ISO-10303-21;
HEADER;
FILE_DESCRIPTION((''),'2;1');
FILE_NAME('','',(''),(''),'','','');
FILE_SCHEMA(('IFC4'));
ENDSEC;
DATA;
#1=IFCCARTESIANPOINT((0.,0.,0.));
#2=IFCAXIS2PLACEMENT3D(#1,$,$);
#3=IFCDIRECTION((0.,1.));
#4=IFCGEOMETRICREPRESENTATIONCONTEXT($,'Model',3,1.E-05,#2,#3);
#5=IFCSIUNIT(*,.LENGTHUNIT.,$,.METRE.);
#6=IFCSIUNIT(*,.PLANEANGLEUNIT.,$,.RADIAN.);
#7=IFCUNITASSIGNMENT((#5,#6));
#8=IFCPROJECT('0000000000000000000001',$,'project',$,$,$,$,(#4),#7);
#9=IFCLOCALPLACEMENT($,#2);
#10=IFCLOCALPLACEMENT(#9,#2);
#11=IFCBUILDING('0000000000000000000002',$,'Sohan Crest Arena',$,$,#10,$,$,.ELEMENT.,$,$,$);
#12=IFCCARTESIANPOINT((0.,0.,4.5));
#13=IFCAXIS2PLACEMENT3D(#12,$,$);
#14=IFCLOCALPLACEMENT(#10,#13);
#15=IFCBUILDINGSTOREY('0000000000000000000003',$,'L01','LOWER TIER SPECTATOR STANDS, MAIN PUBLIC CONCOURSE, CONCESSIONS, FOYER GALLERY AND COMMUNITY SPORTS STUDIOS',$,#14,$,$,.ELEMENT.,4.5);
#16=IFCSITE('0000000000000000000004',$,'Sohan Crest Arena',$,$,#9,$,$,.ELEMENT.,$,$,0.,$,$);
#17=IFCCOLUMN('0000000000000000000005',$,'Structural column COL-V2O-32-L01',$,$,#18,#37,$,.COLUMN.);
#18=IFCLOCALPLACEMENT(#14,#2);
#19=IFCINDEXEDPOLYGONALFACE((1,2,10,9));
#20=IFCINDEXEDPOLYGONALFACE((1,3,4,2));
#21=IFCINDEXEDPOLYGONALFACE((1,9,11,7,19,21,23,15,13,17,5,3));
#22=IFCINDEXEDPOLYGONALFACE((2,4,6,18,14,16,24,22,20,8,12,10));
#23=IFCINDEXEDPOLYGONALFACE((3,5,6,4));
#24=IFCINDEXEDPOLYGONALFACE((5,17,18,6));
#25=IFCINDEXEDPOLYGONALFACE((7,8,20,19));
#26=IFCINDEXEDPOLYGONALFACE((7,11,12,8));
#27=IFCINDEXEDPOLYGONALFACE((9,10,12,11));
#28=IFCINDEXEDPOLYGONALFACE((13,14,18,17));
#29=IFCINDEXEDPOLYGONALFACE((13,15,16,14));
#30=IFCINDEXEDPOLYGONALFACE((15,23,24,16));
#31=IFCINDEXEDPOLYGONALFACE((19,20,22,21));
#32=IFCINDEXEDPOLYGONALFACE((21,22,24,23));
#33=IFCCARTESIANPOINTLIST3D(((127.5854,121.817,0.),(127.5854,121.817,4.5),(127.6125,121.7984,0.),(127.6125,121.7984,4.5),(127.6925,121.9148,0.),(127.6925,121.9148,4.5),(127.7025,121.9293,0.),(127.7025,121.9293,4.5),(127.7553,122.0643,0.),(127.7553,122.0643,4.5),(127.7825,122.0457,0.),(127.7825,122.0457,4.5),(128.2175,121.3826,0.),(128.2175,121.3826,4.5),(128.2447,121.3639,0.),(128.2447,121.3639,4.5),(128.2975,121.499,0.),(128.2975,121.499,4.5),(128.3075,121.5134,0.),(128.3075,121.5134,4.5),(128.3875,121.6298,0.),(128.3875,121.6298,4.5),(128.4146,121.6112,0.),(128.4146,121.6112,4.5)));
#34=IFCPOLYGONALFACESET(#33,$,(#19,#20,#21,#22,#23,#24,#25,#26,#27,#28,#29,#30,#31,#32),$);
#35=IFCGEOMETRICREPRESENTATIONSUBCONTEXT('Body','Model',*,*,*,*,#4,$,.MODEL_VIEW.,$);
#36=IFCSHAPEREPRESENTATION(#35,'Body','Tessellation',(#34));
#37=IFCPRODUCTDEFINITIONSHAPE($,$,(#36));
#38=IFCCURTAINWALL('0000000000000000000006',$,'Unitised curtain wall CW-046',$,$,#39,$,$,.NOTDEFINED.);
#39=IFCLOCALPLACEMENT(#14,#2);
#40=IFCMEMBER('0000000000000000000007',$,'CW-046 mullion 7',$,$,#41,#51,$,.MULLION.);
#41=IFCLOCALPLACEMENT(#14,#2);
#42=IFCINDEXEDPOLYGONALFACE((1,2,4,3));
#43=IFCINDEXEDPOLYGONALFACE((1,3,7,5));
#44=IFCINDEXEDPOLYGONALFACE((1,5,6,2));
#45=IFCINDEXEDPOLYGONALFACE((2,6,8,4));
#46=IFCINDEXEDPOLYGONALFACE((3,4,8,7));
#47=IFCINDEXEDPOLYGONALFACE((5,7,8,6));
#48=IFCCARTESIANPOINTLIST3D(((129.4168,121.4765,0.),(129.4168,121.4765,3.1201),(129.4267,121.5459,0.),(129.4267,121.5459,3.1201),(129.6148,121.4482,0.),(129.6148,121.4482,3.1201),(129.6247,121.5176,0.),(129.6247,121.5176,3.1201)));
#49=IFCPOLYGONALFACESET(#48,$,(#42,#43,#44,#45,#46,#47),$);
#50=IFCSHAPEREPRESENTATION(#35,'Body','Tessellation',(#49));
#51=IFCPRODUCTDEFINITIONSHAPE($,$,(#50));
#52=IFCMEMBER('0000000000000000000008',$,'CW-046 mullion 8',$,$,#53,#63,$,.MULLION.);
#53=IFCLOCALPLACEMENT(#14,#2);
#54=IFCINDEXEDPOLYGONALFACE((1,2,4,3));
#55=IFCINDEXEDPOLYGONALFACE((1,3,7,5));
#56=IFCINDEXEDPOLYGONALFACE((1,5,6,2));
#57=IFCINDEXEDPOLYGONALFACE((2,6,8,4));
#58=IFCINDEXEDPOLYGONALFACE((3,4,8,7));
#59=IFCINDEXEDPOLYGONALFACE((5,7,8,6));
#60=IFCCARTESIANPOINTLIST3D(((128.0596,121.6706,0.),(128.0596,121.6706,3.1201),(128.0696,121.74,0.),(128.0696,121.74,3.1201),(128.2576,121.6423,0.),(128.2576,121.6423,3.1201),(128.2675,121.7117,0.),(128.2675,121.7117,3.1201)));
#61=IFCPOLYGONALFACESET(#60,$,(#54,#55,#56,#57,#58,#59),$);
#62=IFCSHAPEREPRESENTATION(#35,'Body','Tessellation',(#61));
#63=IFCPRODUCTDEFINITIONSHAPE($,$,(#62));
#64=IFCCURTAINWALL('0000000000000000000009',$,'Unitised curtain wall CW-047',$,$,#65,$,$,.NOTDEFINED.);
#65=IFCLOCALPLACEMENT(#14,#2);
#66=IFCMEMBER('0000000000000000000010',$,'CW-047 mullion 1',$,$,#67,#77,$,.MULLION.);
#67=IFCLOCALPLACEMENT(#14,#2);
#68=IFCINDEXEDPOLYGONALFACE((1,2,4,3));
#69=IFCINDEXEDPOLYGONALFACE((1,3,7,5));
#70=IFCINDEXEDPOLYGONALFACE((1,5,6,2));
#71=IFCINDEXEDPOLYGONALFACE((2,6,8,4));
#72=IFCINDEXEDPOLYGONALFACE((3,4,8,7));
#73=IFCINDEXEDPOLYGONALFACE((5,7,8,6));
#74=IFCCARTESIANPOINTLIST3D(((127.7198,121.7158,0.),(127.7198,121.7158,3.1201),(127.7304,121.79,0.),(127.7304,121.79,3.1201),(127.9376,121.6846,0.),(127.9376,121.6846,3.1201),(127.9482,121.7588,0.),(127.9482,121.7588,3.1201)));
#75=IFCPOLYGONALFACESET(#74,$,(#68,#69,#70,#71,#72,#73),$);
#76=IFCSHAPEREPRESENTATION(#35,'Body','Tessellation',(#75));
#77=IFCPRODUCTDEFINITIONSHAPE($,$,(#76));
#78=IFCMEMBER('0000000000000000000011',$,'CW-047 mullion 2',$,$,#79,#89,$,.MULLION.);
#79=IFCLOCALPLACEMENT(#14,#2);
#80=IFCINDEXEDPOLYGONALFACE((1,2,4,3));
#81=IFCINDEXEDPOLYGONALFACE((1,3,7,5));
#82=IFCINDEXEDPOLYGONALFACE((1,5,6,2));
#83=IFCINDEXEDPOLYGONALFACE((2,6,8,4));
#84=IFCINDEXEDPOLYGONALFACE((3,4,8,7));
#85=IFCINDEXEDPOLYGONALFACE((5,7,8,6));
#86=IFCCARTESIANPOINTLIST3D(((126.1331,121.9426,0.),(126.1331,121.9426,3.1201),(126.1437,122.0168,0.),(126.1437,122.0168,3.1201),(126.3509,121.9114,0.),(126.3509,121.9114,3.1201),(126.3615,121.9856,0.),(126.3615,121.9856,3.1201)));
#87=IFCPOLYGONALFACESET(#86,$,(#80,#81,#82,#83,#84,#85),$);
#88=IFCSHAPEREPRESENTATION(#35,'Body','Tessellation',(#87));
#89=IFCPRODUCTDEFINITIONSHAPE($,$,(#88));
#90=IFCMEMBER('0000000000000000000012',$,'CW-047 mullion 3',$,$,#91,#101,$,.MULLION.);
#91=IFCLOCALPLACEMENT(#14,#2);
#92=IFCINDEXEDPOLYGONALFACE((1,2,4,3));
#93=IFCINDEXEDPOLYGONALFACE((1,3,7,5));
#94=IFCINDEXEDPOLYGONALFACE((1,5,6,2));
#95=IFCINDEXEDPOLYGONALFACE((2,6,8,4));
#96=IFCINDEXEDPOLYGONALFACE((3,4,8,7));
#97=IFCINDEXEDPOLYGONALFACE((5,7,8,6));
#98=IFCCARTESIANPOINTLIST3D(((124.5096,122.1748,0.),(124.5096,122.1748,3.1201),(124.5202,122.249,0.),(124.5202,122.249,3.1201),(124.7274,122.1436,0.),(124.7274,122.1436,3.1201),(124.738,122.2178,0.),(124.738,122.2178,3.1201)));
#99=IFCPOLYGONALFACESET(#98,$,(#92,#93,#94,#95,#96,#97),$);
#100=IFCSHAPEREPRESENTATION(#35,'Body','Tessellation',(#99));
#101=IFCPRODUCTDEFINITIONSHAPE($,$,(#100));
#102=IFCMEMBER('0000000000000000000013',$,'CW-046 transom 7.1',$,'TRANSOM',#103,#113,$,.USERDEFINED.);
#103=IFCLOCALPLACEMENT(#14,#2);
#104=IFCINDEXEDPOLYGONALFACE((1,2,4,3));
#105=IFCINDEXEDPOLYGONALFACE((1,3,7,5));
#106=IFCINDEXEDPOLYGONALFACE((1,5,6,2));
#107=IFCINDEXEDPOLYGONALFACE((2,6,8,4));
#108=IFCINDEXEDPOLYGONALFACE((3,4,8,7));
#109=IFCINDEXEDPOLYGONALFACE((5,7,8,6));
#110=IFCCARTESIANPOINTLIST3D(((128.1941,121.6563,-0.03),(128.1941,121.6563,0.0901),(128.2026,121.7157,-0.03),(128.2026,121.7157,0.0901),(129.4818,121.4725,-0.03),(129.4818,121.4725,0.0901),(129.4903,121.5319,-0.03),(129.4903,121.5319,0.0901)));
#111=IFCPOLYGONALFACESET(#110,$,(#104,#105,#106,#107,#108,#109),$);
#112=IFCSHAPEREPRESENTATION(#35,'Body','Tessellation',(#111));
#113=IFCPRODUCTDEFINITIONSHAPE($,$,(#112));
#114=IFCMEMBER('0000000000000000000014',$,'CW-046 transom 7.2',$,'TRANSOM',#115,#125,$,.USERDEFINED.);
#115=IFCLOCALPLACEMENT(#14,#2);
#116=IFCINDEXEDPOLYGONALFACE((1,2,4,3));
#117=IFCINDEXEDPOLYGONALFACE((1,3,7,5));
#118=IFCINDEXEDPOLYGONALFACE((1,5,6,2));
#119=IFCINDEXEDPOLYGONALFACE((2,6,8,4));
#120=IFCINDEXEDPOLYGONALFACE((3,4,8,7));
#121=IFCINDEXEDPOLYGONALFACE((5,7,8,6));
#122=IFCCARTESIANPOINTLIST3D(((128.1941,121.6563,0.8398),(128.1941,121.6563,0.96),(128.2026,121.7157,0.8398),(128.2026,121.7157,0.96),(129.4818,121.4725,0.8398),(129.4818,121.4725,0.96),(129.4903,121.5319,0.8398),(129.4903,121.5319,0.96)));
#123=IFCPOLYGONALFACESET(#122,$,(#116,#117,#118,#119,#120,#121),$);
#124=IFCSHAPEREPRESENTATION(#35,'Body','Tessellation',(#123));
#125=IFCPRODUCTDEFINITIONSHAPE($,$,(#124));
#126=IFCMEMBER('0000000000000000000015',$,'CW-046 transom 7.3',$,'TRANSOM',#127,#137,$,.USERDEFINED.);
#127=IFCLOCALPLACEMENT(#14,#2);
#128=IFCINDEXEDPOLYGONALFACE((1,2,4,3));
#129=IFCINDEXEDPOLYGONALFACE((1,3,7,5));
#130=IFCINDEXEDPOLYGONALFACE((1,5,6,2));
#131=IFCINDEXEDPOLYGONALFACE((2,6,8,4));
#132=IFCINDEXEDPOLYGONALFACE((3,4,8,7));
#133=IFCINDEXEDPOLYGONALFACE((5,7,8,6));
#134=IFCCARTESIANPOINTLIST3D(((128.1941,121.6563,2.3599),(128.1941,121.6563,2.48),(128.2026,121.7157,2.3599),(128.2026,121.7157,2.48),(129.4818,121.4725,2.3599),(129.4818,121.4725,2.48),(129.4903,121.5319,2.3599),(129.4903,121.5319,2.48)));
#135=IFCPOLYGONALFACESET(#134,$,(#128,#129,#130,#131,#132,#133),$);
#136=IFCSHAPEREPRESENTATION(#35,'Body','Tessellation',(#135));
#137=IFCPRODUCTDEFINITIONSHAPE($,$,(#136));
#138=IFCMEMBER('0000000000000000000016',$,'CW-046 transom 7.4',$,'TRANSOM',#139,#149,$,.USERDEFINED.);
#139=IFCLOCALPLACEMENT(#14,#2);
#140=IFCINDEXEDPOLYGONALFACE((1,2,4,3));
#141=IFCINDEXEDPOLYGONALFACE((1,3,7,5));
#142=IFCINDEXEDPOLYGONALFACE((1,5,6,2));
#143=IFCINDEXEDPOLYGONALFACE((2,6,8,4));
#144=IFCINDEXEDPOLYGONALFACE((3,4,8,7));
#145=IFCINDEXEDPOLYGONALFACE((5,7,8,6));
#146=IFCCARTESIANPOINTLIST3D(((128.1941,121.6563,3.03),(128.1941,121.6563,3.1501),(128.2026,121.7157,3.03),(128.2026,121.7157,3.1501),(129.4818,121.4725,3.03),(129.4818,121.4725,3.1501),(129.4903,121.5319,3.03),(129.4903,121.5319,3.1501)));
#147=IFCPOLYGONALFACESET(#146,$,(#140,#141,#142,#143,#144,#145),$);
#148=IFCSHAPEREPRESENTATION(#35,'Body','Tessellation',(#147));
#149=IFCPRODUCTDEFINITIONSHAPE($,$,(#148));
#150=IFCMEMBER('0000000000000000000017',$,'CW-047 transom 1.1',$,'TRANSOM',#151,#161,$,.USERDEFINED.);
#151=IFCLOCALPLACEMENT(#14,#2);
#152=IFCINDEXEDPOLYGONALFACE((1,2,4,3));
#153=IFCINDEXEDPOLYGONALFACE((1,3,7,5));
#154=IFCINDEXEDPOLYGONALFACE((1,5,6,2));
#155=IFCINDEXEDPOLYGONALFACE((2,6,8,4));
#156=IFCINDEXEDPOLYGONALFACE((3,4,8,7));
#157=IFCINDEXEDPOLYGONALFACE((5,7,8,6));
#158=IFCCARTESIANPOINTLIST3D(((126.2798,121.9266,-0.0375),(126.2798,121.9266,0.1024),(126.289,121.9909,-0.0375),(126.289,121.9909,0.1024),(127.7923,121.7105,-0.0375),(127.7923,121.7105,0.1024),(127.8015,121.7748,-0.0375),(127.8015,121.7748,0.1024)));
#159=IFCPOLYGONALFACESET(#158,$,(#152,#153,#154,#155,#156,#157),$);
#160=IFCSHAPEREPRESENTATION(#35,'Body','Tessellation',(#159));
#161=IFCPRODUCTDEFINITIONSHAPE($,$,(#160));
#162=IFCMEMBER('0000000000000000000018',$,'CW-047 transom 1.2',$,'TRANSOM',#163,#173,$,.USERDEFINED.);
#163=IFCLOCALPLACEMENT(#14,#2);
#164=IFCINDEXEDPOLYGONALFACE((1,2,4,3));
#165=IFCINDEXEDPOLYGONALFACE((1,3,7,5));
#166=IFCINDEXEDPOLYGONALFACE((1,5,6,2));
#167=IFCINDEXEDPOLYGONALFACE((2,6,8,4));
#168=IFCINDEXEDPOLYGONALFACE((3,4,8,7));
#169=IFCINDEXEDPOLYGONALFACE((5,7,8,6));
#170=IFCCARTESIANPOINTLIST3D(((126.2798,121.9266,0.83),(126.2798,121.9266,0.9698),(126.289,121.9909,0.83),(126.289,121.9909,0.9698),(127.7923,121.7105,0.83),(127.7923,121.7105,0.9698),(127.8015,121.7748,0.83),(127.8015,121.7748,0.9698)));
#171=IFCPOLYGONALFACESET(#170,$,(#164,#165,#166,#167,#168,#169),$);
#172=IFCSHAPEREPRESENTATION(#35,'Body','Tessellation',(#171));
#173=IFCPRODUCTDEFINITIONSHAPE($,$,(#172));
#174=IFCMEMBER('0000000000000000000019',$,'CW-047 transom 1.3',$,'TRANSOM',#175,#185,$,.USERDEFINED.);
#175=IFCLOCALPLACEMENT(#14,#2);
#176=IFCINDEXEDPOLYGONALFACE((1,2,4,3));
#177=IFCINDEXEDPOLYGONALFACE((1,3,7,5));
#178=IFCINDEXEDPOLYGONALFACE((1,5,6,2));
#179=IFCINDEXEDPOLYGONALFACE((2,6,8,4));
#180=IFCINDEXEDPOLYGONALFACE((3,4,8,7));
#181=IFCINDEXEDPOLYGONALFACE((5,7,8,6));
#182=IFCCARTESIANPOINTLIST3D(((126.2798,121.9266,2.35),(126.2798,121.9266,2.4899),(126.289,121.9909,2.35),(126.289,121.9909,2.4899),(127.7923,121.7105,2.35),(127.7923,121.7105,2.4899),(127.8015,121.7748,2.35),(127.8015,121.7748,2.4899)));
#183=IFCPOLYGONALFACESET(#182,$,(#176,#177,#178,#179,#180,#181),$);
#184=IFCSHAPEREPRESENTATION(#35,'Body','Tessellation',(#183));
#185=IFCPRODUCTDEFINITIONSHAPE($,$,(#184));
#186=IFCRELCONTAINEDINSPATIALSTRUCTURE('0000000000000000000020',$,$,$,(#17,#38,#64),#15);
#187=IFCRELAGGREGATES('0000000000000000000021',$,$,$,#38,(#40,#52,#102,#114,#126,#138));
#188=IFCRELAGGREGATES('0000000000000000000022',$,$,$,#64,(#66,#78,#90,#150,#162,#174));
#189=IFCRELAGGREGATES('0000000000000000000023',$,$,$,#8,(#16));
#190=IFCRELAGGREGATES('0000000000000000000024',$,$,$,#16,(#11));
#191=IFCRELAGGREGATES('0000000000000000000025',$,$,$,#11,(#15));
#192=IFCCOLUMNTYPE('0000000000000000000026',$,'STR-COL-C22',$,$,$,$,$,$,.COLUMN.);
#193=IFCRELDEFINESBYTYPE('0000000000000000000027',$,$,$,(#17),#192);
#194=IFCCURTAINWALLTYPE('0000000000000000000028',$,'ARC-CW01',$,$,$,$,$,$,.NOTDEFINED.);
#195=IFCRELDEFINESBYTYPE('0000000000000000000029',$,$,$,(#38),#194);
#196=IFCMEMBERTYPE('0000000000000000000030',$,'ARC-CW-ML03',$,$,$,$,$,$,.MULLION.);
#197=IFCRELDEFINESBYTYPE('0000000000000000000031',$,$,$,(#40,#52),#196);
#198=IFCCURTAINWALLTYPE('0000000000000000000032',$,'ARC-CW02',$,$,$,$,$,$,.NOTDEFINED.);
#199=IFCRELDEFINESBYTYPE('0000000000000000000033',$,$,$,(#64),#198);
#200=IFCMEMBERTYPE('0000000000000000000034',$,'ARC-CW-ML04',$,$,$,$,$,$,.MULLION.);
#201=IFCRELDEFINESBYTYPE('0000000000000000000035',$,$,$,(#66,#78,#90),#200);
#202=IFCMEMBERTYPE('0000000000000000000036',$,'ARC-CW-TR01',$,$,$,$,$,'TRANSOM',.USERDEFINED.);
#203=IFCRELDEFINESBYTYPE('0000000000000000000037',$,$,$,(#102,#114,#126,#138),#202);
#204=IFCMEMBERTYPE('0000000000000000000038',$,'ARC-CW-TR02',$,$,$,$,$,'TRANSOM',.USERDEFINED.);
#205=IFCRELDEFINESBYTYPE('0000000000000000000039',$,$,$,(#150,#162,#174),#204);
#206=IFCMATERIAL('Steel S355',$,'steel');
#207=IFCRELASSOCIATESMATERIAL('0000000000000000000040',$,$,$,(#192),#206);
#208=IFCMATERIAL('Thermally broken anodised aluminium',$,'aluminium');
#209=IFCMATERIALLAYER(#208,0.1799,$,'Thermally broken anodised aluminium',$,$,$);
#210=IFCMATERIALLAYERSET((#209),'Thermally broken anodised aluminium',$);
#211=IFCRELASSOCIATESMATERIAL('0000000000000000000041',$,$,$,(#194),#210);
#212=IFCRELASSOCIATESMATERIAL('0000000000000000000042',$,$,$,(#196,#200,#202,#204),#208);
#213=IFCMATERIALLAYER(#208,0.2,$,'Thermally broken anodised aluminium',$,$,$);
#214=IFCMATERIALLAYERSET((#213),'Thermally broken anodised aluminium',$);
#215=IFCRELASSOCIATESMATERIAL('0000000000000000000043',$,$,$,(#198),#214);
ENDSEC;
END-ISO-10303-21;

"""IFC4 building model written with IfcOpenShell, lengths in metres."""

from ifc_helpers import new_model, si_unit, direction, frame, origin, origin_2d, place, context, subcontext, project, spatial, rectangle, i_section, extrude, material, layer, layer_set, material_profile, profile_set, type_object, element, aggregate, save


model = new_model("IFC4")

# Units and contexts
model_context = context("Model", 3, precision=1e-05, world=origin(), true_north=direction((0.0, 1.0)))
body_context = subcontext(model_context, "Body", "Model", "MODEL_VIEW")
ifc_project = project(units=[si_unit("LENGTHUNIT", "METRE"), si_unit("PLANEANGLEUNIT", "RADIAN")], contexts=[model_context])

# Site, building, storey
site_placement = place(None, origin())
site = spatial("IfcSite", under=ifc_project, at=site_placement, Name="Sohan Crest Arena", CompositionType="ELEMENT", RefElevation=0.0)
building_placement = place(site_placement, origin())
building = spatial("IfcBuilding", under=site, at=building_placement, Name="Sohan Crest Arena", CompositionType="ELEMENT")
storey_placement = place(building_placement, frame((0.0, 0.0, 4.5)))
storey = spatial("IfcBuildingStorey", under=building, at=storey_placement, Name="L01", Description="LOWER TIER SPECTATOR STANDS, MAIN PUBLIC CONCOURSE, CONCESSIONS, FOYER GALLERY AND COMMUNITY SPORTS STUDIOS", CompositionType="ELEMENT", Elevation=4.5)

# Column
ifc_material_1 = material(Name="Steel S355", Category="steel")
ifc_material_profile_1 = material_profile(ifc_material_1, i_section(OverallWidth=0.3, OverallDepth=0.8, WebThickness=0.0176, FlangeThickness=0.033, at=origin_2d()), Name="HEB 800")
ifc_profile_set_1 = profile_set([ifc_material_profile_1], Name="Steel S355")
column_type = type_object("IfcColumnType", Name="STR-COL-C22", PredefinedType="COLUMN", material=ifc_profile_set_1)
column_placement = place(storey_placement, frame((128.0, 121.7141, 0.0), z_axis=(0.0, 0.0, 1.0), x_axis=(0.566406, 0.824126, 0.0)))
element("IfcColumn", 1, at=column_placement, inside=storey, type_object=column_type, Name="Structural column COL-V2O-32-L01", PredefinedType="COLUMN", context=body_context, shape_type="SweptSolid", body=[
    extrude(i_section(OverallWidth=0.3, OverallDepth=0.8, WebThickness=0.0176, FlangeThickness=0.033, at=origin_2d()), origin(), (0.0, 0.0, 1.0), 4.5),
])

# Curtain walls, members
ifc_material_2 = material(Name="Thermally broken anodised aluminium", Category="aluminium")
ifc_layer_1 = layer(ifc_material_2, 0.1799, Name="Thermally broken anodised aluminium")
ifc_layer_set_1 = layer_set([ifc_layer_1], Name="Thermally broken anodised aluminium")
curtain_wall_type_1 = type_object("IfcCurtainWallType", Name="ARC-CW01", PredefinedType="NOTDEFINED", material=ifc_layer_set_1)
curtain_wall_1_placement = place(storey_placement, origin())
curtain_wall_1 = element("IfcCurtainWall", 2, at=curtain_wall_1_placement, inside=storey, type_object=curtain_wall_type_1, Name="Unitised curtain wall CW-046", PredefinedType="NOTDEFINED")
ifc_material_profile_2 = material_profile(ifc_material_2, rectangle(XDim=0.0701, YDim=0.2, at=origin_2d()), Name="ALU-MULL 70x200")
ifc_profile_set_2 = profile_set([ifc_material_profile_2], Name="Thermally broken anodised aluminium")
member_type_1 = type_object("IfcMemberType", Name="ARC-CW-ML03", PredefinedType="MULLION", material=ifc_profile_set_2)
member_1_placement = place(storey_placement, frame((129.5208, 121.4971, 0.0), z_axis=(0.0, 0.0, 1.0), x_axis=(-0.14145, -0.989945, 0.0)))
member_1 = element("IfcMember", 3, at=member_1_placement, type_object=member_type_1, Name="CW-046 mullion 7", PredefinedType="MULLION", context=body_context, shape_type="SweptSolid", body=[
    extrude(rectangle(XDim=0.0701, YDim=0.2, at=origin_2d()), origin(), (0.0, 0.0, 1.0), 3.1201),
])
member_2_placement = place(storey_placement, frame((128.1636, 121.6912, 0.0), z_axis=(0.0, 0.0, 1.0), x_axis=(-0.14145, -0.989945, 0.0)))
member_2 = element("IfcMember", 4, at=member_2_placement, type_object=member_type_1, Name="CW-046 mullion 8", PredefinedType="MULLION", context=body_context, shape_type="SweptSolid", body=[
    extrude(rectangle(XDim=0.0701, YDim=0.2, at=origin_2d()), origin(), (0.0, 0.0, 1.0), 3.1201),
])
ifc_layer_2 = layer(ifc_material_2, 0.2, Name="Thermally broken anodised aluminium")
ifc_layer_set_2 = layer_set([ifc_layer_2], Name="Thermally broken anodised aluminium")
curtain_wall_type_2 = type_object("IfcCurtainWallType", Name="ARC-CW02", PredefinedType="NOTDEFINED", material=ifc_layer_set_2)
curtain_wall_2_placement = place(storey_placement, origin())
curtain_wall_2 = element("IfcCurtainWall", 5, at=curtain_wall_2_placement, inside=storey, type_object=curtain_wall_type_2, Name="Unitised curtain wall CW-047", PredefinedType="NOTDEFINED")
ifc_material_profile_3 = material_profile(ifc_material_2, rectangle(XDim=0.075, YDim=0.22, at=origin_2d()), Name="ALU-MULL 75x220")
ifc_profile_set_3 = profile_set([ifc_material_profile_3], Name="Thermally broken anodised aluminium")
member_type_2 = type_object("IfcMemberType", Name="ARC-CW-ML04", PredefinedType="MULLION", material=ifc_profile_set_3)
member_3_placement = place(storey_placement, frame((127.834, 121.7373, 0.0), z_axis=(0.0, 0.0, 1.0), x_axis=(-0.141549, -0.989931, 0.0)))
member_3 = element("IfcMember", 6, at=member_3_placement, type_object=member_type_2, Name="CW-047 mullion 1", PredefinedType="MULLION", context=body_context, shape_type="SweptSolid", body=[
    extrude(rectangle(XDim=0.075, YDim=0.22, at=origin_2d()), origin(), (0.0, 0.0, 1.0), 3.1201),
])
member_4_placement = place(storey_placement, frame((126.2473, 121.9641, 0.0), z_axis=(0.0, 0.0, 1.0), x_axis=(-0.141549, -0.989931, 0.0)))
member_4 = element("IfcMember", 7, at=member_4_placement, type_object=member_type_2, Name="CW-047 mullion 2", PredefinedType="MULLION", context=body_context, shape_type="SweptSolid", body=[
    extrude(rectangle(XDim=0.075, YDim=0.22, at=origin_2d()), origin(), (0.0, 0.0, 1.0), 3.1201),
])
member_5_placement = place(storey_placement, frame((124.6238, 122.1963, 0.0), z_axis=(0.0, 0.0, 1.0), x_axis=(-0.141549, -0.989931, 0.0)))
member_5 = element("IfcMember", 8, at=member_5_placement, type_object=member_type_2, Name="CW-047 mullion 3", PredefinedType="MULLION", context=body_context, shape_type="SweptSolid", body=[
    extrude(rectangle(XDim=0.075, YDim=0.22, at=origin_2d()), origin(), (0.0, 0.0, 1.0), 3.1201),
])

# Members
ifc_material_profile_4 = material_profile(ifc_material_2, rectangle(XDim=0.0601, YDim=0.1201, at=origin_2d()), Name="ALU-TRAN 60x120")
ifc_profile_set_4 = profile_set([ifc_material_profile_4], Name="Thermally broken anodised aluminium")
member_type_3 = type_object("IfcMemberType", Name="ARC-CW-TR01", ElementType="TRANSOM", PredefinedType="USERDEFINED", material=ifc_profile_set_4)
member_6_placement = place(storey_placement, frame((129.4861, 121.5022, 0.03), z_axis=(-0.989965, 0.141316, 0.0), x_axis=(-0.141316, -0.989965, 0.0)))
member_6 = element("IfcMember", 9, at=member_6_placement, type_object=member_type_3, Name="CW-046 transom 7.1", ObjectType="TRANSOM", PredefinedType="USERDEFINED", context=body_context, shape_type="SweptSolid", body=[
    extrude(rectangle(XDim=0.0601, YDim=0.1201, at=origin_2d()), origin(), (0.0, 0.0, 1.0), 1.3008),
])
member_7_placement = place(storey_placement, frame((129.4861, 121.5022, 0.8999), z_axis=(-0.989965, 0.141316, 0.0), x_axis=(-0.141316, -0.989965, 0.0)))
member_7 = element("IfcMember", 10, at=member_7_placement, type_object=member_type_3, Name="CW-046 transom 7.2", ObjectType="TRANSOM", PredefinedType="USERDEFINED", context=body_context, shape_type="SweptSolid", body=[
    extrude(rectangle(XDim=0.0601, YDim=0.1201, at=origin_2d()), origin(), (0.0, 0.0, 1.0), 1.3008),
])
member_8_placement = place(storey_placement, frame((129.4861, 121.5022, 2.4199), z_axis=(-0.989965, 0.141316, 0.0), x_axis=(-0.141316, -0.989965, 0.0)))
member_8 = element("IfcMember", 11, at=member_8_placement, type_object=member_type_3, Name="CW-046 transom 7.3", ObjectType="TRANSOM", PredefinedType="USERDEFINED", context=body_context, shape_type="SweptSolid", body=[
    extrude(rectangle(XDim=0.0601, YDim=0.1201, at=origin_2d()), origin(), (0.0, 0.0, 1.0), 1.3008),
])
member_9_placement = place(storey_placement, frame((129.4861, 121.5022, 3.0901), z_axis=(-0.989965, 0.141316, 0.0), x_axis=(-0.141316, -0.989965, 0.0)))
member_9 = element("IfcMember", 12, at=member_9_placement, type_object=member_type_3, Name="CW-046 transom 7.4", ObjectType="TRANSOM", PredefinedType="USERDEFINED", context=body_context, shape_type="SweptSolid", body=[
    extrude(rectangle(XDim=0.0601, YDim=0.1201, at=origin_2d()), origin(), (0.0, 0.0, 1.0), 1.3008),
])
ifc_material_profile_5 = material_profile(ifc_material_2, rectangle(XDim=0.0649, YDim=0.1399, at=origin_2d()), Name="ALU-TRAN 65x140")
ifc_profile_set_5 = profile_set([ifc_material_profile_5], Name="Thermally broken anodised aluminium")
member_type_4 = type_object("IfcMemberType", Name="ARC-CW-TR02", ElementType="TRANSOM", PredefinedType="USERDEFINED", material=ifc_profile_set_5)
member_10_placement = place(storey_placement, frame((127.7969, 121.7427, 0.0325), z_axis=(-0.989949, 0.141421, 0.0), x_axis=(-0.141421, -0.989949, 0.0)))
member_10 = element("IfcMember", 13, at=member_10_placement, type_object=member_type_4, Name="CW-047 transom 1.1", ObjectType="TRANSOM", PredefinedType="USERDEFINED", context=body_context, shape_type="SweptSolid", body=[
    extrude(rectangle(XDim=0.0649, YDim=0.1399, at=origin_2d()), origin(), (0.0, 0.0, 1.0), 1.5278),
])
member_11_placement = place(storey_placement, frame((127.7969, 121.7427, 0.8999), z_axis=(-0.989949, 0.141421, 0.0), x_axis=(-0.141421, -0.989949, 0.0)))
member_11 = element("IfcMember", 14, at=member_11_placement, type_object=member_type_4, Name="CW-047 transom 1.2", ObjectType="TRANSOM", PredefinedType="USERDEFINED", context=body_context, shape_type="SweptSolid", body=[
    extrude(rectangle(XDim=0.0649, YDim=0.1399, at=origin_2d()), origin(), (0.0, 0.0, 1.0), 1.5278),
])
member_12_placement = place(storey_placement, frame((127.7969, 121.7427, 2.4199), z_axis=(-0.989949, 0.141421, 0.0), x_axis=(-0.141421, -0.989949, 0.0)))
member_12 = element("IfcMember", 15, at=member_12_placement, type_object=member_type_4, Name="CW-047 transom 1.3", ObjectType="TRANSOM", PredefinedType="USERDEFINED", context=body_context, shape_type="SweptSolid", body=[
    extrude(rectangle(XDim=0.0649, YDim=0.1399, at=origin_2d()), origin(), (0.0, 0.0, 1.0), 1.5278),
])

aggregate(curtain_wall_1, [member_1, member_2, member_6, member_7, member_8, member_9])
aggregate(curtain_wall_2, [member_3, member_4, member_5, member_10, member_11, member_12])

save(model, "model.ifc")
